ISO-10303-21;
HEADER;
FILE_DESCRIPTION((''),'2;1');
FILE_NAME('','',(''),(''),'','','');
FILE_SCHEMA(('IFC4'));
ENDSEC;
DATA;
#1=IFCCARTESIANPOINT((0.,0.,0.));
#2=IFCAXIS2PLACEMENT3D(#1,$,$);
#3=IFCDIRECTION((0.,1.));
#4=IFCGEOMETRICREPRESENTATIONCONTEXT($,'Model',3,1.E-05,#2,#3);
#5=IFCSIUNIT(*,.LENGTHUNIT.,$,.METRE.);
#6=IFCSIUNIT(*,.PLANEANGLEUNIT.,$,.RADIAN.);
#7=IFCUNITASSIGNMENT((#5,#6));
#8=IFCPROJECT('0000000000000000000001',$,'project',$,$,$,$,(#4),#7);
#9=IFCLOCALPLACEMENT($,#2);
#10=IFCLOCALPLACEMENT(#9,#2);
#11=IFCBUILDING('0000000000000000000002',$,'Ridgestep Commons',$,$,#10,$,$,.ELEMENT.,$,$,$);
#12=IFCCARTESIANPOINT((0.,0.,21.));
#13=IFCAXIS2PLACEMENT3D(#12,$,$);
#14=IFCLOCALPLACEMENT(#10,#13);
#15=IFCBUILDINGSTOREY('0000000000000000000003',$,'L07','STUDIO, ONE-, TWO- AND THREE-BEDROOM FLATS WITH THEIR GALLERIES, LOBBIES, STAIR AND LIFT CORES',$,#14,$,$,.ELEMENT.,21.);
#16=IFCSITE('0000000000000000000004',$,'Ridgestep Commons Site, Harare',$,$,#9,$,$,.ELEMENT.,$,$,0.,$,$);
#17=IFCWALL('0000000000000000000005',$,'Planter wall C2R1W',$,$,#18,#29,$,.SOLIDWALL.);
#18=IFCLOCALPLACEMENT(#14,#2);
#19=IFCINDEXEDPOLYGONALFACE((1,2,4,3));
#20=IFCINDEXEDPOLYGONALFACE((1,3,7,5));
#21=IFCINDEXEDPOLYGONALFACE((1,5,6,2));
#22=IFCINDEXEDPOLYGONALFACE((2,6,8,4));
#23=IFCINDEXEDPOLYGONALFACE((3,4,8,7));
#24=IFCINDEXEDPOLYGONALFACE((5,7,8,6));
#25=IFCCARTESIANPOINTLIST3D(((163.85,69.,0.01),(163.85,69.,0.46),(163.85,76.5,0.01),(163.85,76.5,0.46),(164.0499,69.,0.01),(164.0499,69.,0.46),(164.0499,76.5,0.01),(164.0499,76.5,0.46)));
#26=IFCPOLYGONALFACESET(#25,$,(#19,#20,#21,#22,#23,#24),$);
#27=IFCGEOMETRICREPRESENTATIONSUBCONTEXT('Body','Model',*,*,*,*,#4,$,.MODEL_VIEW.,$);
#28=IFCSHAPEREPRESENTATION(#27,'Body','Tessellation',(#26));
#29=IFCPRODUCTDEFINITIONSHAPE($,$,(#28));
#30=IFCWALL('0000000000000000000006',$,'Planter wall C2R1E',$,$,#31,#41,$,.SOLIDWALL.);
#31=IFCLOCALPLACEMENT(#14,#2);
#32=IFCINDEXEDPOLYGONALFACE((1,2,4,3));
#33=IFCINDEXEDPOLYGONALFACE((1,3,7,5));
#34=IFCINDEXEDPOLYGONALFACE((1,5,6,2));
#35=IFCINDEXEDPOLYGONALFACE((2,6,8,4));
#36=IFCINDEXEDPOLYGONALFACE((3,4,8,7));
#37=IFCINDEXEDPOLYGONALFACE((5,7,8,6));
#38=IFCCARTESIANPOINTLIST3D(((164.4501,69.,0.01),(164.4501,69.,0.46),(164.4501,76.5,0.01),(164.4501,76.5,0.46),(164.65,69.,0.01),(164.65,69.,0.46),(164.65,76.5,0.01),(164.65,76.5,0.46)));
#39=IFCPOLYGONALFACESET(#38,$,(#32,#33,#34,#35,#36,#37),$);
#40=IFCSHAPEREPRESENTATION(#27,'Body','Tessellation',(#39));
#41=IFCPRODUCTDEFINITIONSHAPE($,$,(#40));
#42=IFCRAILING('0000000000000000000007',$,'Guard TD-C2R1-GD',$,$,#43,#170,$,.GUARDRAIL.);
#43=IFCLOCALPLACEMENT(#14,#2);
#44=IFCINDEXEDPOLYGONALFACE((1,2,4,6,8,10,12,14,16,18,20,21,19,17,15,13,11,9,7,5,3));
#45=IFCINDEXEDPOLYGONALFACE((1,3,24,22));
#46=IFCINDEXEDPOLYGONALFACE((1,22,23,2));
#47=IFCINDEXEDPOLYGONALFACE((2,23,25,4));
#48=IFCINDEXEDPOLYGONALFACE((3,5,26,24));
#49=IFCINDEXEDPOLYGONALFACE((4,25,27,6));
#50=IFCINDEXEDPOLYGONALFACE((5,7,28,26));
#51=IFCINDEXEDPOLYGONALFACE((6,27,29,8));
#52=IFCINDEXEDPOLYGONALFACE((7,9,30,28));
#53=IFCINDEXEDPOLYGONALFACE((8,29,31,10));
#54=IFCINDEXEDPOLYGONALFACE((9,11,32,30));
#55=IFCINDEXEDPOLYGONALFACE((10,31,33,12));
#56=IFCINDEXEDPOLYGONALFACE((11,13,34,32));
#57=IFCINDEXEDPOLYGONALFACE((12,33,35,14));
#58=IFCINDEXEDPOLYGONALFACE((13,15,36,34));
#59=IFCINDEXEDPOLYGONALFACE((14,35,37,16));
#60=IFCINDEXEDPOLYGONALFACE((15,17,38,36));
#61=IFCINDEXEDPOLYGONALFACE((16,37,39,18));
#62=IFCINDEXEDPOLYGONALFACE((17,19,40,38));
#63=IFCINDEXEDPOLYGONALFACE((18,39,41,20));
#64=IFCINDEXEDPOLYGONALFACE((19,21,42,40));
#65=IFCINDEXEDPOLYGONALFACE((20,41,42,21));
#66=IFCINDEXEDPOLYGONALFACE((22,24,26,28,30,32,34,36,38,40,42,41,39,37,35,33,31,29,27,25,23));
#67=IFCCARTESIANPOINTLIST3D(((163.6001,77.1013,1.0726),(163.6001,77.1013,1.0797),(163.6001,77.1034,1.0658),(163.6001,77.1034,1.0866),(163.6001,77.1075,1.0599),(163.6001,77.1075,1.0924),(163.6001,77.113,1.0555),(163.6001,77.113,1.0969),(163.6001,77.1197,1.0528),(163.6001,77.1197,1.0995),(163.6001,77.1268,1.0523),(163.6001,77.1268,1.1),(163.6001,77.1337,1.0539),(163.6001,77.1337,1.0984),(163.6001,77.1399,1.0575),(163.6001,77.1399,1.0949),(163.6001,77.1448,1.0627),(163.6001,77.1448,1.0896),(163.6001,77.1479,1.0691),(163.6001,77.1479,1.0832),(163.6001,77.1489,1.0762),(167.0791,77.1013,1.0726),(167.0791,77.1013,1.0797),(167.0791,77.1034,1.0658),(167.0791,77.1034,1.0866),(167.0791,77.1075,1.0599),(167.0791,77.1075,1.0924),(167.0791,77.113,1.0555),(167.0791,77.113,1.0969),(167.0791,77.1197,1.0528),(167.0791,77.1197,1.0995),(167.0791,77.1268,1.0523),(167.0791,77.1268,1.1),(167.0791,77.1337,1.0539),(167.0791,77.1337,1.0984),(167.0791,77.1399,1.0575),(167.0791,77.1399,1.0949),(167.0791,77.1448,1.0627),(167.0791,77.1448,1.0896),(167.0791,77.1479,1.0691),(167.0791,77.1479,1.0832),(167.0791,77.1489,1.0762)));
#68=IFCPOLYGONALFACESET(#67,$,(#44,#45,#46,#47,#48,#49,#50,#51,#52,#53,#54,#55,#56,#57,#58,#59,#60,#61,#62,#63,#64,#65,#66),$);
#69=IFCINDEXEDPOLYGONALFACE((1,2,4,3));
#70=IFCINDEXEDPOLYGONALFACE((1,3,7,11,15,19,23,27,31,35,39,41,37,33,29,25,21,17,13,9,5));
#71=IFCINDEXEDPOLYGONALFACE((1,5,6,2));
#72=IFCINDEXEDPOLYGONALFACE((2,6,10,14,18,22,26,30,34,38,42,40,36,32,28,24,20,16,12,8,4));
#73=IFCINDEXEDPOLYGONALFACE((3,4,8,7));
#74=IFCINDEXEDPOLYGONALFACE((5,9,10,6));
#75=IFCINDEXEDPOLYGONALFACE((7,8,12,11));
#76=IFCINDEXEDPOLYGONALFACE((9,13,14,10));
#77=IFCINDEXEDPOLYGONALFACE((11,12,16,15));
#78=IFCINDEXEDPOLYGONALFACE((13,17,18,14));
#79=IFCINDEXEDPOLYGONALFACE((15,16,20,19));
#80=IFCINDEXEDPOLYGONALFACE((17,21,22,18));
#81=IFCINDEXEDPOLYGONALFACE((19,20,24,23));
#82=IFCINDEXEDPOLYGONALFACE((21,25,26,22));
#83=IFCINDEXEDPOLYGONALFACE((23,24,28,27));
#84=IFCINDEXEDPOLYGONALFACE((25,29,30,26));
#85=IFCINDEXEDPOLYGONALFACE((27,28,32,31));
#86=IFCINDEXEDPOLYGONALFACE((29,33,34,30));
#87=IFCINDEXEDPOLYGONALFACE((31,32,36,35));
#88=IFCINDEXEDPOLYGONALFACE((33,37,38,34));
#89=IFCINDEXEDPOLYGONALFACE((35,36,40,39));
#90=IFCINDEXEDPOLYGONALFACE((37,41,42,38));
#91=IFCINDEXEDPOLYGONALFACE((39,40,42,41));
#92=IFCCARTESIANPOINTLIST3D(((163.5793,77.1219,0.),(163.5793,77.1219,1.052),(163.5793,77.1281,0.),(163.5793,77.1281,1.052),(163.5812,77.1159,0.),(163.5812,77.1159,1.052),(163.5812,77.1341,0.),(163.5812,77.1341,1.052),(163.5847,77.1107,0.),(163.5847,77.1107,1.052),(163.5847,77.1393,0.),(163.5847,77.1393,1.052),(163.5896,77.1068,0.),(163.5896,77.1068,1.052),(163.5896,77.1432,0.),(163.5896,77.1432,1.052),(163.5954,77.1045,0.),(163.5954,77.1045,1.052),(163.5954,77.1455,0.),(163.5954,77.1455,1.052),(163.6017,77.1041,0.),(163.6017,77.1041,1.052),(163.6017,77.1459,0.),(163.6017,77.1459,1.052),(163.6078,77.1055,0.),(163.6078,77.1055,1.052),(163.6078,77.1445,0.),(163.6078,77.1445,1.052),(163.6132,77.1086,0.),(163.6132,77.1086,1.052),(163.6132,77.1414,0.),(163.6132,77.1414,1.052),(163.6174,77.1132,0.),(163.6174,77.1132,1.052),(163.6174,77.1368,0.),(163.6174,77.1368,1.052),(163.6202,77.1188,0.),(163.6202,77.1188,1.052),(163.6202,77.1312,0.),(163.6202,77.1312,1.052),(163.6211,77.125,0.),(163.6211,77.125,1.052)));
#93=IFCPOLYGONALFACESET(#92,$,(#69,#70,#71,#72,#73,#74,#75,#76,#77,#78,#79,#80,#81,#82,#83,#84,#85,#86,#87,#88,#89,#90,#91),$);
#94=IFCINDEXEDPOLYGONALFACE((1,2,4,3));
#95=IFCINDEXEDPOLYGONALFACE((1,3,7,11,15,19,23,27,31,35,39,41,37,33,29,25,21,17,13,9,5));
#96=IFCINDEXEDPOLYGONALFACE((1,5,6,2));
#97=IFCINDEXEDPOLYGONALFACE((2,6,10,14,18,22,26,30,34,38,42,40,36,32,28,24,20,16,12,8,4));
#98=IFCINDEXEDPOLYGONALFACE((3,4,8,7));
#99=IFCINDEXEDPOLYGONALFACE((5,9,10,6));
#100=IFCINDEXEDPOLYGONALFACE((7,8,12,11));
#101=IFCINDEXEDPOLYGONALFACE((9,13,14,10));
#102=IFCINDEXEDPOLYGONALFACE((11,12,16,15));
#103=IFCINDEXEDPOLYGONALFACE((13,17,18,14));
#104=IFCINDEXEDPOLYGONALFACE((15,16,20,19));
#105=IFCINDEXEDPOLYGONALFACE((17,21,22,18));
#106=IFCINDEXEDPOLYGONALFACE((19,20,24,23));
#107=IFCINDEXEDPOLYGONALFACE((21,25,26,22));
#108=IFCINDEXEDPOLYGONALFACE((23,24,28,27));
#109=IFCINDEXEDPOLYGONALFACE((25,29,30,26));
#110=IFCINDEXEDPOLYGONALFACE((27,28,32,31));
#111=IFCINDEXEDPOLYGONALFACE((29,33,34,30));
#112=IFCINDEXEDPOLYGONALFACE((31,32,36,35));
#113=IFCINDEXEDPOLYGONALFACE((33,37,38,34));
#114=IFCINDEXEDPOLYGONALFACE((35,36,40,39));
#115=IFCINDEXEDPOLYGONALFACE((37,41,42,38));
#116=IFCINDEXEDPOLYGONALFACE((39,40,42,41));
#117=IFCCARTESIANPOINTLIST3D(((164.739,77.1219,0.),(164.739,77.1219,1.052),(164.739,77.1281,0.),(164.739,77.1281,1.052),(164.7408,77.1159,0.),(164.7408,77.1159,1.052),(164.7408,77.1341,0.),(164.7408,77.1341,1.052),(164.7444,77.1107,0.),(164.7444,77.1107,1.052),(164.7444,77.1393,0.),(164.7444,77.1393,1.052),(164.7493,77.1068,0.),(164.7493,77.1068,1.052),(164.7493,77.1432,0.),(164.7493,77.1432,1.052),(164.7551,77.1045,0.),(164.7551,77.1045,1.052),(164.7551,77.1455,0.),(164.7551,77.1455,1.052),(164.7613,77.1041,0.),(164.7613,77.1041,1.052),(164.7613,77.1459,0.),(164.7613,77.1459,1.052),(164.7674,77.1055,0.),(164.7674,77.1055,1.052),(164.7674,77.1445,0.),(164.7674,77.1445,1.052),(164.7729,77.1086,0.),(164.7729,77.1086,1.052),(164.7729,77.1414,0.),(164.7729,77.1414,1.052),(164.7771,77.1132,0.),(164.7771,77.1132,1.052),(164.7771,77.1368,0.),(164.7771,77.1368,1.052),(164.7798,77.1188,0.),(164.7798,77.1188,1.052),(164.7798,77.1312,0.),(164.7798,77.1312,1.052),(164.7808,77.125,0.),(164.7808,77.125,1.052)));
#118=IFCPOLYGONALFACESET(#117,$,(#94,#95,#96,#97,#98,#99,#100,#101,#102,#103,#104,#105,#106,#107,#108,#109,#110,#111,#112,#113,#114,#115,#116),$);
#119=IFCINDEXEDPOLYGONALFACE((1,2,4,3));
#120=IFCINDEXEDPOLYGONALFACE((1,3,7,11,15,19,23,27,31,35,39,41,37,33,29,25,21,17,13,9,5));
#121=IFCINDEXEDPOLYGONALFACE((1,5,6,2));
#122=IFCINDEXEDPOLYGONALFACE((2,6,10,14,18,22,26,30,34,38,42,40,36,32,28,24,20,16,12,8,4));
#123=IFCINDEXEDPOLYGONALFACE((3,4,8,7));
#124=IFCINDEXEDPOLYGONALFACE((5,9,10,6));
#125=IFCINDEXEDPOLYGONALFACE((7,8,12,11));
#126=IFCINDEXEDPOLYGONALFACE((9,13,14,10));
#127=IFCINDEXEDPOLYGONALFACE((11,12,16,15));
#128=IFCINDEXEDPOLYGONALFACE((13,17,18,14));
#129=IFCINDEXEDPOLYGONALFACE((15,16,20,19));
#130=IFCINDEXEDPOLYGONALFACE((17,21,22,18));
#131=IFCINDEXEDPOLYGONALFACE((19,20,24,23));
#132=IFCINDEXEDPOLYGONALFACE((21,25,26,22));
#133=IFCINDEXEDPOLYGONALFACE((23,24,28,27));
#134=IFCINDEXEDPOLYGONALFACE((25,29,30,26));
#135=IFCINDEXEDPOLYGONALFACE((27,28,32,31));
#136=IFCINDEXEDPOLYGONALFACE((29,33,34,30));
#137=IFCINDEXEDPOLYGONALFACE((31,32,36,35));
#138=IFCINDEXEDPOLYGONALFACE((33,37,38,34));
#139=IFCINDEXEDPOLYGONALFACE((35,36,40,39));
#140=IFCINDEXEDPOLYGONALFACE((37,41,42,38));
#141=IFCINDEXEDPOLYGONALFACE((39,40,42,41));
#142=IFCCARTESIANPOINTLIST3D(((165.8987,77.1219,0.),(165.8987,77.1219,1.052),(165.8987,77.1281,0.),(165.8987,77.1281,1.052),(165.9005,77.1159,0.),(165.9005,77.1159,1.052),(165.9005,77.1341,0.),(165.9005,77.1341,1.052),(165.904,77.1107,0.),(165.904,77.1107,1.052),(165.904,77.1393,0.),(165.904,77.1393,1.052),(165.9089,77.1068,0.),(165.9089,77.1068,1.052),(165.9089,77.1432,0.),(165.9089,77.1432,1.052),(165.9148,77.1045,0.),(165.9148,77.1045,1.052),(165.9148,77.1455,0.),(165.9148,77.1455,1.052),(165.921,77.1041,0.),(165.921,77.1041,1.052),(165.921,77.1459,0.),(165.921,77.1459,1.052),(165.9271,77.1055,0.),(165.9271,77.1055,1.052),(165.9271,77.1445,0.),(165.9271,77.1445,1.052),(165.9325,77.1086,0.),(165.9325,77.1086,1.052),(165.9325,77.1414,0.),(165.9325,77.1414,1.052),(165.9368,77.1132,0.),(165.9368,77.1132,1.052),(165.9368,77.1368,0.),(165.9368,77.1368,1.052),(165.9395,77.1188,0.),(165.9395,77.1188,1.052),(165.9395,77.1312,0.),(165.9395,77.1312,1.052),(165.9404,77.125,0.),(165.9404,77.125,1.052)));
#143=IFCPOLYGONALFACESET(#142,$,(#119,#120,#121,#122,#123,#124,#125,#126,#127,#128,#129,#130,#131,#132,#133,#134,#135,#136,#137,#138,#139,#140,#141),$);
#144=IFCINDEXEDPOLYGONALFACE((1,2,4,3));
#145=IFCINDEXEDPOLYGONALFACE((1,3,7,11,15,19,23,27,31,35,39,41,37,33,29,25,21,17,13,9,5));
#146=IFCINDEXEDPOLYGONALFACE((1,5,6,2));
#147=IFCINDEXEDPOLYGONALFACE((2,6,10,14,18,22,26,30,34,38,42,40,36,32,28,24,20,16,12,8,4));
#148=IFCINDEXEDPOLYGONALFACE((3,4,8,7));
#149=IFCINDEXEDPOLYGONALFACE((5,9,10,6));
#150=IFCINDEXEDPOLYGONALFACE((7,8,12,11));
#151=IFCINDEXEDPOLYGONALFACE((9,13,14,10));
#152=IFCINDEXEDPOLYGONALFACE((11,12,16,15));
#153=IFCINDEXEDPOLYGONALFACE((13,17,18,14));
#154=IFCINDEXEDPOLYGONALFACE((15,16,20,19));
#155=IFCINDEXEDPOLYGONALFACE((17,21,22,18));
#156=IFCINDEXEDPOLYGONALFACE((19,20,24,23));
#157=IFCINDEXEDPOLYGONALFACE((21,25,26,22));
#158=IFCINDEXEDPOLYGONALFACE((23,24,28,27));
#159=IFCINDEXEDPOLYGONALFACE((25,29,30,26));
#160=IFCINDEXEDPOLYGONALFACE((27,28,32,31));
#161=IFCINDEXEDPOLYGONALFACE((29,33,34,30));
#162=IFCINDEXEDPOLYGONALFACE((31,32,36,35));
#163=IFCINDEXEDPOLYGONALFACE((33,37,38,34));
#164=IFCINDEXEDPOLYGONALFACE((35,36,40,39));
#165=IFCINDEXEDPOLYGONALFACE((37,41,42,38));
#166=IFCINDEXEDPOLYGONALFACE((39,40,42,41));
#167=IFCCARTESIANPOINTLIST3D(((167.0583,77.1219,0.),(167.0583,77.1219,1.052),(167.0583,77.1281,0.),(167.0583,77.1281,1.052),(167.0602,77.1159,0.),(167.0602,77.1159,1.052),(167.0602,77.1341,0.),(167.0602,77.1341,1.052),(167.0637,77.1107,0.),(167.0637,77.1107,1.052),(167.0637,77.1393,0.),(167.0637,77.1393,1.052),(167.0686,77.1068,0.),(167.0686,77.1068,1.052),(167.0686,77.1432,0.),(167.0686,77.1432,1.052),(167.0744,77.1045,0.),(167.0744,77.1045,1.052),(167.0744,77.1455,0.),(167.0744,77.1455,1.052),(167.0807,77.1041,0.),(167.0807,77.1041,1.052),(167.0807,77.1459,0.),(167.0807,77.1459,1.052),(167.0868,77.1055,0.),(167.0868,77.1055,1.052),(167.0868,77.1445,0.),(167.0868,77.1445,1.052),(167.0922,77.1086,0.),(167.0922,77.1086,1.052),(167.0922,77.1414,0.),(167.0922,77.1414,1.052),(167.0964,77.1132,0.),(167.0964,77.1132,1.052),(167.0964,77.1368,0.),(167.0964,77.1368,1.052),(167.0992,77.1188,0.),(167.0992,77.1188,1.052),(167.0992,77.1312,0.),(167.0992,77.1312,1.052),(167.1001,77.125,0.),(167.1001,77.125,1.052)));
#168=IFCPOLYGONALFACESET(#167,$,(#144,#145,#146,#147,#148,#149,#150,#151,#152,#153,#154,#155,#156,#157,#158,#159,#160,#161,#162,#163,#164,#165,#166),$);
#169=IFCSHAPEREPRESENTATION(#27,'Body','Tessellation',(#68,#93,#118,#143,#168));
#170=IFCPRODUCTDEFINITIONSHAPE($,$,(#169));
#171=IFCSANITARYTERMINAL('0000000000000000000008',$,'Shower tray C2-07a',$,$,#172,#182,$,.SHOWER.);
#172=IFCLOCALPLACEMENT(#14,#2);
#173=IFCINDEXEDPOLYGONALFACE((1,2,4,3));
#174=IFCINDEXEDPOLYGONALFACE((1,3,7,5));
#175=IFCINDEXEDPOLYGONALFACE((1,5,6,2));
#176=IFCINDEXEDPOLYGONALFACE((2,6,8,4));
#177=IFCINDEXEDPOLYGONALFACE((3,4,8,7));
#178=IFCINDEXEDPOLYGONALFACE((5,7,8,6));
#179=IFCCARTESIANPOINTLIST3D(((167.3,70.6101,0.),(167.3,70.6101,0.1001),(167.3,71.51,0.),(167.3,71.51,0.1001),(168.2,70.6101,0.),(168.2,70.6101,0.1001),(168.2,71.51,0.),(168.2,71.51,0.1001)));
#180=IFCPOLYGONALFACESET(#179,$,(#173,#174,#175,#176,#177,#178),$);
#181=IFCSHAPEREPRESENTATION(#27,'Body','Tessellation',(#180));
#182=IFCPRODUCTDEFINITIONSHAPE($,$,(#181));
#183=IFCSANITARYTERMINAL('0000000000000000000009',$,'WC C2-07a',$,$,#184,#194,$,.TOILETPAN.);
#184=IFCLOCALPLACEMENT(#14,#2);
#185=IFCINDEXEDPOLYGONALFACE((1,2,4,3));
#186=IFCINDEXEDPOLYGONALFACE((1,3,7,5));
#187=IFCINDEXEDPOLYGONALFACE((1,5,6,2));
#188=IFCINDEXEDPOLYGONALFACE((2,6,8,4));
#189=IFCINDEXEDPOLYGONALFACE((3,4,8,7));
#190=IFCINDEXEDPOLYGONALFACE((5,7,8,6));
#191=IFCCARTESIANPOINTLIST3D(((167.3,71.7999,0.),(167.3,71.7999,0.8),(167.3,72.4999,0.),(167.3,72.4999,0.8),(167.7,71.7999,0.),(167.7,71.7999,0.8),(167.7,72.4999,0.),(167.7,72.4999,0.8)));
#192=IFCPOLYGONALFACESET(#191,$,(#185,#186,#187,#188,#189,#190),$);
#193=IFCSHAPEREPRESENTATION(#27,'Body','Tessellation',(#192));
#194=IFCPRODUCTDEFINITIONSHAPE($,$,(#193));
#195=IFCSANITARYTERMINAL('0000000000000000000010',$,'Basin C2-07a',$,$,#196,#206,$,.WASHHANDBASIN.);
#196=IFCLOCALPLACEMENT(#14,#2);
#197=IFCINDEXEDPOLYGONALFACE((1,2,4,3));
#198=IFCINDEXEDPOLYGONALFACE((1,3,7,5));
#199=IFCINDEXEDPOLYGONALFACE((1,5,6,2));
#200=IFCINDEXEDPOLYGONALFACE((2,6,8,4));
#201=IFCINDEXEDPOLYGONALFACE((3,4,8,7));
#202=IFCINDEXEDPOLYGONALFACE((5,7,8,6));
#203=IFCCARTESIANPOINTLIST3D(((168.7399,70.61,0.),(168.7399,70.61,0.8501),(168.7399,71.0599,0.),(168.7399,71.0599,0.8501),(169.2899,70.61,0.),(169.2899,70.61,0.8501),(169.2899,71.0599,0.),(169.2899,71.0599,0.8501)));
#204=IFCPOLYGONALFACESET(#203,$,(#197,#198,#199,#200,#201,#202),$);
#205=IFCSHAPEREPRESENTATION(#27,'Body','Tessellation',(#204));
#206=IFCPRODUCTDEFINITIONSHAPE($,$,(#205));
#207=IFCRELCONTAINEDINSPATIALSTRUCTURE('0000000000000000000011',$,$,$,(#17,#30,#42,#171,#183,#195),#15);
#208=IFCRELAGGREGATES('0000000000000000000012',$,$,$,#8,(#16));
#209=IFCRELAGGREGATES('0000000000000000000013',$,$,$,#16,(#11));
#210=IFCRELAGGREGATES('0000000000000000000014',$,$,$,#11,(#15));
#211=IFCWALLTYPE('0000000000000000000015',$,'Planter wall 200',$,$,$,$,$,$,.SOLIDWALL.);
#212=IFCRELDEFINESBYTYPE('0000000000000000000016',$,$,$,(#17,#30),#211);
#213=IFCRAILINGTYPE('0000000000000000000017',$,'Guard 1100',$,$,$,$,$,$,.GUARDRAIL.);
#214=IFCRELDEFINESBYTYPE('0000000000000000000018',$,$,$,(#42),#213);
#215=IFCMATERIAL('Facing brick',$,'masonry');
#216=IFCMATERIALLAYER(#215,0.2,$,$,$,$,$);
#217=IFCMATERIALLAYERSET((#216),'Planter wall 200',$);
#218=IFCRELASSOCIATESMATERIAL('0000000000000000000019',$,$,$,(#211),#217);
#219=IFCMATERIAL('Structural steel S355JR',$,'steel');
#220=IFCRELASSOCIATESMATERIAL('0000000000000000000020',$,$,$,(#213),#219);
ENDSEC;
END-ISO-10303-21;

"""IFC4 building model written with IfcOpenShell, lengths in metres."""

from ifc_helpers import new_model, si_unit, direction, frame, frame_2d, origin, origin_2d, place, context, subcontext, project, spatial, rectangle, circle, extrude, material, layer, layer_set, type_object, element, save


model = new_model("IFC4")

# Units and contexts
model_context = context("Model", 3, precision=1e-05, world=origin(), true_north=direction((0.0, 1.0)))
body_context = subcontext(model_context, "Body", "Model", "MODEL_VIEW")
ifc_project = project(units=[si_unit("LENGTHUNIT", "METRE"), si_unit("PLANEANGLEUNIT", "RADIAN")], contexts=[model_context])

# Site, building, storey
site_placement = place(None, origin())
site = spatial("IfcSite", under=ifc_project, at=site_placement, Name="Ridgestep Commons Site, Harare", CompositionType="ELEMENT", RefElevation=0.0)
building_placement = place(site_placement, origin())
building = spatial("IfcBuilding", under=site, at=building_placement, Name="Ridgestep Commons", CompositionType="ELEMENT")
storey_placement = place(building_placement, frame((0.0, 0.0, 21.0)))
storey = spatial("IfcBuildingStorey", under=building, at=storey_placement, Name="L07", Description="STUDIO, ONE-, TWO- AND THREE-BEDROOM FLATS WITH THEIR GALLERIES, LOBBIES, STAIR AND LIFT CORES", CompositionType="ELEMENT", Elevation=21.0)

# Walls
ifc_material_1 = material(Name="Facing brick", Category="masonry")
ifc_layer_1 = layer(ifc_material_1, 0.2)
ifc_layer_set_1 = layer_set([ifc_layer_1], Name="Planter wall 200")
wall_type_1 = type_object("IfcWallType", Name="Planter wall 200", PredefinedType="SOLIDWALL", material=ifc_layer_set_1)
for number, where, z_axis, x_axis, name in (
    (1, (163.95, 69.0, 0.01), (0.0, 0.0, 1.0), (0.0, 1.0, 0.0), "Planter wall C2R1W"),
    (2, (164.55, 69.0, 0.01), (0.0, 0.0, 1.0), (0.0, 1.0, 0.0), "Planter wall C2R1E"),
):
    element("IfcWall", number, at=place(storey_placement, frame(where, z_axis=z_axis, x_axis=x_axis)), inside=storey, type_object=wall_type_1, Name=name, PredefinedType="SOLIDWALL", context=body_context, shape_type="SweptSolid", body=[
        extrude(rectangle(XDim=7.5, YDim=0.2, at=frame_2d((3.75, 0.0))), origin(), (0.0, 0.0, 1.0), 0.45),
    ])

# Railing
ifc_material_2 = material(Name="Structural steel S355JR", Category="steel")
railing_type = type_object("IfcRailingType", Name="Guard 1100", PredefinedType="GUARDRAIL", material=ifc_material_2)
railing_placement = place(storey_placement, frame((163.6001, 77.125, 0.0)))
element("IfcRailing", 3, at=railing_placement, inside=storey, type_object=railing_type, Name="Guard TD-C2R1-GD", PredefinedType="GUARDRAIL", context=body_context, shape_type="SweptSolid", body=[
    extrude(circle(Radius=0.0239, at=origin_2d()), frame((0.0, 0.0, 1.0762), z_axis=(1.0, 0.0, 0.0), x_axis=(0.0, 1.0, 0.0)), (0.0, 0.0, 1.0), 3.479),
    extrude(circle(Radius=0.021, at=origin_2d()), origin(), (0.0, 0.0, 1.0), 1.052),
    extrude(circle(Radius=0.021, at=origin_2d()), frame((1.1597, 0.0, 0.0)), (0.0, 0.0, 1.0), 1.052),
    extrude(circle(Radius=0.021, at=origin_2d()), frame((2.3193, 0.0, 0.0)), (0.0, 0.0, 1.0), 1.052),
    extrude(circle(Radius=0.021, at=origin_2d()), frame((3.479, 0.0, 0.0)), (0.0, 0.0, 1.0), 1.052),
])

# Sanitary terminals
sanitary_terminal_1_placement = place(storey_placement, frame((167.75, 71.0601, 0.0), z_axis=(0.0, 0.0, 1.0), x_axis=(1.0, 0.0, 0.0)))
element("IfcSanitaryTerminal", 4, at=sanitary_terminal_1_placement, inside=storey, Name="Shower tray C2-07a", PredefinedType="SHOWER", context=body_context, shape_type="SweptSolid", body=[
    extrude(rectangle(XDim=0.8999, YDim=0.8999, at=origin_2d()), origin(), (0.0, 0.0, 1.0), 0.1001),
])
sanitary_terminal_2_placement = place(storey_placement, frame((167.5, 72.1499, 0.0), z_axis=(0.0, 0.0, 1.0), x_axis=(1.0, 0.0, 0.0)))
element("IfcSanitaryTerminal", 5, at=sanitary_terminal_2_placement, inside=storey, Name="WC C2-07a", PredefinedType="TOILETPAN", context=body_context, shape_type="SweptSolid", body=[
    extrude(rectangle(XDim=0.3999, YDim=0.7, at=origin_2d()), origin(), (0.0, 0.0, 1.0), 0.8),
])
sanitary_terminal_3_placement = place(storey_placement, frame((169.0149, 70.835, 0.0), z_axis=(0.0, 0.0, 1.0), x_axis=(1.0, 0.0, 0.0)))
element("IfcSanitaryTerminal", 6, at=sanitary_terminal_3_placement, inside=storey, Name="Basin C2-07a", PredefinedType="WASHHANDBASIN", context=body_context, shape_type="SweptSolid", body=[
    extrude(rectangle(XDim=0.55, YDim=0.45, at=origin_2d()), origin(), (0.0, 0.0, 1.0), 0.8501),
])

save(model, "model.ifc")
